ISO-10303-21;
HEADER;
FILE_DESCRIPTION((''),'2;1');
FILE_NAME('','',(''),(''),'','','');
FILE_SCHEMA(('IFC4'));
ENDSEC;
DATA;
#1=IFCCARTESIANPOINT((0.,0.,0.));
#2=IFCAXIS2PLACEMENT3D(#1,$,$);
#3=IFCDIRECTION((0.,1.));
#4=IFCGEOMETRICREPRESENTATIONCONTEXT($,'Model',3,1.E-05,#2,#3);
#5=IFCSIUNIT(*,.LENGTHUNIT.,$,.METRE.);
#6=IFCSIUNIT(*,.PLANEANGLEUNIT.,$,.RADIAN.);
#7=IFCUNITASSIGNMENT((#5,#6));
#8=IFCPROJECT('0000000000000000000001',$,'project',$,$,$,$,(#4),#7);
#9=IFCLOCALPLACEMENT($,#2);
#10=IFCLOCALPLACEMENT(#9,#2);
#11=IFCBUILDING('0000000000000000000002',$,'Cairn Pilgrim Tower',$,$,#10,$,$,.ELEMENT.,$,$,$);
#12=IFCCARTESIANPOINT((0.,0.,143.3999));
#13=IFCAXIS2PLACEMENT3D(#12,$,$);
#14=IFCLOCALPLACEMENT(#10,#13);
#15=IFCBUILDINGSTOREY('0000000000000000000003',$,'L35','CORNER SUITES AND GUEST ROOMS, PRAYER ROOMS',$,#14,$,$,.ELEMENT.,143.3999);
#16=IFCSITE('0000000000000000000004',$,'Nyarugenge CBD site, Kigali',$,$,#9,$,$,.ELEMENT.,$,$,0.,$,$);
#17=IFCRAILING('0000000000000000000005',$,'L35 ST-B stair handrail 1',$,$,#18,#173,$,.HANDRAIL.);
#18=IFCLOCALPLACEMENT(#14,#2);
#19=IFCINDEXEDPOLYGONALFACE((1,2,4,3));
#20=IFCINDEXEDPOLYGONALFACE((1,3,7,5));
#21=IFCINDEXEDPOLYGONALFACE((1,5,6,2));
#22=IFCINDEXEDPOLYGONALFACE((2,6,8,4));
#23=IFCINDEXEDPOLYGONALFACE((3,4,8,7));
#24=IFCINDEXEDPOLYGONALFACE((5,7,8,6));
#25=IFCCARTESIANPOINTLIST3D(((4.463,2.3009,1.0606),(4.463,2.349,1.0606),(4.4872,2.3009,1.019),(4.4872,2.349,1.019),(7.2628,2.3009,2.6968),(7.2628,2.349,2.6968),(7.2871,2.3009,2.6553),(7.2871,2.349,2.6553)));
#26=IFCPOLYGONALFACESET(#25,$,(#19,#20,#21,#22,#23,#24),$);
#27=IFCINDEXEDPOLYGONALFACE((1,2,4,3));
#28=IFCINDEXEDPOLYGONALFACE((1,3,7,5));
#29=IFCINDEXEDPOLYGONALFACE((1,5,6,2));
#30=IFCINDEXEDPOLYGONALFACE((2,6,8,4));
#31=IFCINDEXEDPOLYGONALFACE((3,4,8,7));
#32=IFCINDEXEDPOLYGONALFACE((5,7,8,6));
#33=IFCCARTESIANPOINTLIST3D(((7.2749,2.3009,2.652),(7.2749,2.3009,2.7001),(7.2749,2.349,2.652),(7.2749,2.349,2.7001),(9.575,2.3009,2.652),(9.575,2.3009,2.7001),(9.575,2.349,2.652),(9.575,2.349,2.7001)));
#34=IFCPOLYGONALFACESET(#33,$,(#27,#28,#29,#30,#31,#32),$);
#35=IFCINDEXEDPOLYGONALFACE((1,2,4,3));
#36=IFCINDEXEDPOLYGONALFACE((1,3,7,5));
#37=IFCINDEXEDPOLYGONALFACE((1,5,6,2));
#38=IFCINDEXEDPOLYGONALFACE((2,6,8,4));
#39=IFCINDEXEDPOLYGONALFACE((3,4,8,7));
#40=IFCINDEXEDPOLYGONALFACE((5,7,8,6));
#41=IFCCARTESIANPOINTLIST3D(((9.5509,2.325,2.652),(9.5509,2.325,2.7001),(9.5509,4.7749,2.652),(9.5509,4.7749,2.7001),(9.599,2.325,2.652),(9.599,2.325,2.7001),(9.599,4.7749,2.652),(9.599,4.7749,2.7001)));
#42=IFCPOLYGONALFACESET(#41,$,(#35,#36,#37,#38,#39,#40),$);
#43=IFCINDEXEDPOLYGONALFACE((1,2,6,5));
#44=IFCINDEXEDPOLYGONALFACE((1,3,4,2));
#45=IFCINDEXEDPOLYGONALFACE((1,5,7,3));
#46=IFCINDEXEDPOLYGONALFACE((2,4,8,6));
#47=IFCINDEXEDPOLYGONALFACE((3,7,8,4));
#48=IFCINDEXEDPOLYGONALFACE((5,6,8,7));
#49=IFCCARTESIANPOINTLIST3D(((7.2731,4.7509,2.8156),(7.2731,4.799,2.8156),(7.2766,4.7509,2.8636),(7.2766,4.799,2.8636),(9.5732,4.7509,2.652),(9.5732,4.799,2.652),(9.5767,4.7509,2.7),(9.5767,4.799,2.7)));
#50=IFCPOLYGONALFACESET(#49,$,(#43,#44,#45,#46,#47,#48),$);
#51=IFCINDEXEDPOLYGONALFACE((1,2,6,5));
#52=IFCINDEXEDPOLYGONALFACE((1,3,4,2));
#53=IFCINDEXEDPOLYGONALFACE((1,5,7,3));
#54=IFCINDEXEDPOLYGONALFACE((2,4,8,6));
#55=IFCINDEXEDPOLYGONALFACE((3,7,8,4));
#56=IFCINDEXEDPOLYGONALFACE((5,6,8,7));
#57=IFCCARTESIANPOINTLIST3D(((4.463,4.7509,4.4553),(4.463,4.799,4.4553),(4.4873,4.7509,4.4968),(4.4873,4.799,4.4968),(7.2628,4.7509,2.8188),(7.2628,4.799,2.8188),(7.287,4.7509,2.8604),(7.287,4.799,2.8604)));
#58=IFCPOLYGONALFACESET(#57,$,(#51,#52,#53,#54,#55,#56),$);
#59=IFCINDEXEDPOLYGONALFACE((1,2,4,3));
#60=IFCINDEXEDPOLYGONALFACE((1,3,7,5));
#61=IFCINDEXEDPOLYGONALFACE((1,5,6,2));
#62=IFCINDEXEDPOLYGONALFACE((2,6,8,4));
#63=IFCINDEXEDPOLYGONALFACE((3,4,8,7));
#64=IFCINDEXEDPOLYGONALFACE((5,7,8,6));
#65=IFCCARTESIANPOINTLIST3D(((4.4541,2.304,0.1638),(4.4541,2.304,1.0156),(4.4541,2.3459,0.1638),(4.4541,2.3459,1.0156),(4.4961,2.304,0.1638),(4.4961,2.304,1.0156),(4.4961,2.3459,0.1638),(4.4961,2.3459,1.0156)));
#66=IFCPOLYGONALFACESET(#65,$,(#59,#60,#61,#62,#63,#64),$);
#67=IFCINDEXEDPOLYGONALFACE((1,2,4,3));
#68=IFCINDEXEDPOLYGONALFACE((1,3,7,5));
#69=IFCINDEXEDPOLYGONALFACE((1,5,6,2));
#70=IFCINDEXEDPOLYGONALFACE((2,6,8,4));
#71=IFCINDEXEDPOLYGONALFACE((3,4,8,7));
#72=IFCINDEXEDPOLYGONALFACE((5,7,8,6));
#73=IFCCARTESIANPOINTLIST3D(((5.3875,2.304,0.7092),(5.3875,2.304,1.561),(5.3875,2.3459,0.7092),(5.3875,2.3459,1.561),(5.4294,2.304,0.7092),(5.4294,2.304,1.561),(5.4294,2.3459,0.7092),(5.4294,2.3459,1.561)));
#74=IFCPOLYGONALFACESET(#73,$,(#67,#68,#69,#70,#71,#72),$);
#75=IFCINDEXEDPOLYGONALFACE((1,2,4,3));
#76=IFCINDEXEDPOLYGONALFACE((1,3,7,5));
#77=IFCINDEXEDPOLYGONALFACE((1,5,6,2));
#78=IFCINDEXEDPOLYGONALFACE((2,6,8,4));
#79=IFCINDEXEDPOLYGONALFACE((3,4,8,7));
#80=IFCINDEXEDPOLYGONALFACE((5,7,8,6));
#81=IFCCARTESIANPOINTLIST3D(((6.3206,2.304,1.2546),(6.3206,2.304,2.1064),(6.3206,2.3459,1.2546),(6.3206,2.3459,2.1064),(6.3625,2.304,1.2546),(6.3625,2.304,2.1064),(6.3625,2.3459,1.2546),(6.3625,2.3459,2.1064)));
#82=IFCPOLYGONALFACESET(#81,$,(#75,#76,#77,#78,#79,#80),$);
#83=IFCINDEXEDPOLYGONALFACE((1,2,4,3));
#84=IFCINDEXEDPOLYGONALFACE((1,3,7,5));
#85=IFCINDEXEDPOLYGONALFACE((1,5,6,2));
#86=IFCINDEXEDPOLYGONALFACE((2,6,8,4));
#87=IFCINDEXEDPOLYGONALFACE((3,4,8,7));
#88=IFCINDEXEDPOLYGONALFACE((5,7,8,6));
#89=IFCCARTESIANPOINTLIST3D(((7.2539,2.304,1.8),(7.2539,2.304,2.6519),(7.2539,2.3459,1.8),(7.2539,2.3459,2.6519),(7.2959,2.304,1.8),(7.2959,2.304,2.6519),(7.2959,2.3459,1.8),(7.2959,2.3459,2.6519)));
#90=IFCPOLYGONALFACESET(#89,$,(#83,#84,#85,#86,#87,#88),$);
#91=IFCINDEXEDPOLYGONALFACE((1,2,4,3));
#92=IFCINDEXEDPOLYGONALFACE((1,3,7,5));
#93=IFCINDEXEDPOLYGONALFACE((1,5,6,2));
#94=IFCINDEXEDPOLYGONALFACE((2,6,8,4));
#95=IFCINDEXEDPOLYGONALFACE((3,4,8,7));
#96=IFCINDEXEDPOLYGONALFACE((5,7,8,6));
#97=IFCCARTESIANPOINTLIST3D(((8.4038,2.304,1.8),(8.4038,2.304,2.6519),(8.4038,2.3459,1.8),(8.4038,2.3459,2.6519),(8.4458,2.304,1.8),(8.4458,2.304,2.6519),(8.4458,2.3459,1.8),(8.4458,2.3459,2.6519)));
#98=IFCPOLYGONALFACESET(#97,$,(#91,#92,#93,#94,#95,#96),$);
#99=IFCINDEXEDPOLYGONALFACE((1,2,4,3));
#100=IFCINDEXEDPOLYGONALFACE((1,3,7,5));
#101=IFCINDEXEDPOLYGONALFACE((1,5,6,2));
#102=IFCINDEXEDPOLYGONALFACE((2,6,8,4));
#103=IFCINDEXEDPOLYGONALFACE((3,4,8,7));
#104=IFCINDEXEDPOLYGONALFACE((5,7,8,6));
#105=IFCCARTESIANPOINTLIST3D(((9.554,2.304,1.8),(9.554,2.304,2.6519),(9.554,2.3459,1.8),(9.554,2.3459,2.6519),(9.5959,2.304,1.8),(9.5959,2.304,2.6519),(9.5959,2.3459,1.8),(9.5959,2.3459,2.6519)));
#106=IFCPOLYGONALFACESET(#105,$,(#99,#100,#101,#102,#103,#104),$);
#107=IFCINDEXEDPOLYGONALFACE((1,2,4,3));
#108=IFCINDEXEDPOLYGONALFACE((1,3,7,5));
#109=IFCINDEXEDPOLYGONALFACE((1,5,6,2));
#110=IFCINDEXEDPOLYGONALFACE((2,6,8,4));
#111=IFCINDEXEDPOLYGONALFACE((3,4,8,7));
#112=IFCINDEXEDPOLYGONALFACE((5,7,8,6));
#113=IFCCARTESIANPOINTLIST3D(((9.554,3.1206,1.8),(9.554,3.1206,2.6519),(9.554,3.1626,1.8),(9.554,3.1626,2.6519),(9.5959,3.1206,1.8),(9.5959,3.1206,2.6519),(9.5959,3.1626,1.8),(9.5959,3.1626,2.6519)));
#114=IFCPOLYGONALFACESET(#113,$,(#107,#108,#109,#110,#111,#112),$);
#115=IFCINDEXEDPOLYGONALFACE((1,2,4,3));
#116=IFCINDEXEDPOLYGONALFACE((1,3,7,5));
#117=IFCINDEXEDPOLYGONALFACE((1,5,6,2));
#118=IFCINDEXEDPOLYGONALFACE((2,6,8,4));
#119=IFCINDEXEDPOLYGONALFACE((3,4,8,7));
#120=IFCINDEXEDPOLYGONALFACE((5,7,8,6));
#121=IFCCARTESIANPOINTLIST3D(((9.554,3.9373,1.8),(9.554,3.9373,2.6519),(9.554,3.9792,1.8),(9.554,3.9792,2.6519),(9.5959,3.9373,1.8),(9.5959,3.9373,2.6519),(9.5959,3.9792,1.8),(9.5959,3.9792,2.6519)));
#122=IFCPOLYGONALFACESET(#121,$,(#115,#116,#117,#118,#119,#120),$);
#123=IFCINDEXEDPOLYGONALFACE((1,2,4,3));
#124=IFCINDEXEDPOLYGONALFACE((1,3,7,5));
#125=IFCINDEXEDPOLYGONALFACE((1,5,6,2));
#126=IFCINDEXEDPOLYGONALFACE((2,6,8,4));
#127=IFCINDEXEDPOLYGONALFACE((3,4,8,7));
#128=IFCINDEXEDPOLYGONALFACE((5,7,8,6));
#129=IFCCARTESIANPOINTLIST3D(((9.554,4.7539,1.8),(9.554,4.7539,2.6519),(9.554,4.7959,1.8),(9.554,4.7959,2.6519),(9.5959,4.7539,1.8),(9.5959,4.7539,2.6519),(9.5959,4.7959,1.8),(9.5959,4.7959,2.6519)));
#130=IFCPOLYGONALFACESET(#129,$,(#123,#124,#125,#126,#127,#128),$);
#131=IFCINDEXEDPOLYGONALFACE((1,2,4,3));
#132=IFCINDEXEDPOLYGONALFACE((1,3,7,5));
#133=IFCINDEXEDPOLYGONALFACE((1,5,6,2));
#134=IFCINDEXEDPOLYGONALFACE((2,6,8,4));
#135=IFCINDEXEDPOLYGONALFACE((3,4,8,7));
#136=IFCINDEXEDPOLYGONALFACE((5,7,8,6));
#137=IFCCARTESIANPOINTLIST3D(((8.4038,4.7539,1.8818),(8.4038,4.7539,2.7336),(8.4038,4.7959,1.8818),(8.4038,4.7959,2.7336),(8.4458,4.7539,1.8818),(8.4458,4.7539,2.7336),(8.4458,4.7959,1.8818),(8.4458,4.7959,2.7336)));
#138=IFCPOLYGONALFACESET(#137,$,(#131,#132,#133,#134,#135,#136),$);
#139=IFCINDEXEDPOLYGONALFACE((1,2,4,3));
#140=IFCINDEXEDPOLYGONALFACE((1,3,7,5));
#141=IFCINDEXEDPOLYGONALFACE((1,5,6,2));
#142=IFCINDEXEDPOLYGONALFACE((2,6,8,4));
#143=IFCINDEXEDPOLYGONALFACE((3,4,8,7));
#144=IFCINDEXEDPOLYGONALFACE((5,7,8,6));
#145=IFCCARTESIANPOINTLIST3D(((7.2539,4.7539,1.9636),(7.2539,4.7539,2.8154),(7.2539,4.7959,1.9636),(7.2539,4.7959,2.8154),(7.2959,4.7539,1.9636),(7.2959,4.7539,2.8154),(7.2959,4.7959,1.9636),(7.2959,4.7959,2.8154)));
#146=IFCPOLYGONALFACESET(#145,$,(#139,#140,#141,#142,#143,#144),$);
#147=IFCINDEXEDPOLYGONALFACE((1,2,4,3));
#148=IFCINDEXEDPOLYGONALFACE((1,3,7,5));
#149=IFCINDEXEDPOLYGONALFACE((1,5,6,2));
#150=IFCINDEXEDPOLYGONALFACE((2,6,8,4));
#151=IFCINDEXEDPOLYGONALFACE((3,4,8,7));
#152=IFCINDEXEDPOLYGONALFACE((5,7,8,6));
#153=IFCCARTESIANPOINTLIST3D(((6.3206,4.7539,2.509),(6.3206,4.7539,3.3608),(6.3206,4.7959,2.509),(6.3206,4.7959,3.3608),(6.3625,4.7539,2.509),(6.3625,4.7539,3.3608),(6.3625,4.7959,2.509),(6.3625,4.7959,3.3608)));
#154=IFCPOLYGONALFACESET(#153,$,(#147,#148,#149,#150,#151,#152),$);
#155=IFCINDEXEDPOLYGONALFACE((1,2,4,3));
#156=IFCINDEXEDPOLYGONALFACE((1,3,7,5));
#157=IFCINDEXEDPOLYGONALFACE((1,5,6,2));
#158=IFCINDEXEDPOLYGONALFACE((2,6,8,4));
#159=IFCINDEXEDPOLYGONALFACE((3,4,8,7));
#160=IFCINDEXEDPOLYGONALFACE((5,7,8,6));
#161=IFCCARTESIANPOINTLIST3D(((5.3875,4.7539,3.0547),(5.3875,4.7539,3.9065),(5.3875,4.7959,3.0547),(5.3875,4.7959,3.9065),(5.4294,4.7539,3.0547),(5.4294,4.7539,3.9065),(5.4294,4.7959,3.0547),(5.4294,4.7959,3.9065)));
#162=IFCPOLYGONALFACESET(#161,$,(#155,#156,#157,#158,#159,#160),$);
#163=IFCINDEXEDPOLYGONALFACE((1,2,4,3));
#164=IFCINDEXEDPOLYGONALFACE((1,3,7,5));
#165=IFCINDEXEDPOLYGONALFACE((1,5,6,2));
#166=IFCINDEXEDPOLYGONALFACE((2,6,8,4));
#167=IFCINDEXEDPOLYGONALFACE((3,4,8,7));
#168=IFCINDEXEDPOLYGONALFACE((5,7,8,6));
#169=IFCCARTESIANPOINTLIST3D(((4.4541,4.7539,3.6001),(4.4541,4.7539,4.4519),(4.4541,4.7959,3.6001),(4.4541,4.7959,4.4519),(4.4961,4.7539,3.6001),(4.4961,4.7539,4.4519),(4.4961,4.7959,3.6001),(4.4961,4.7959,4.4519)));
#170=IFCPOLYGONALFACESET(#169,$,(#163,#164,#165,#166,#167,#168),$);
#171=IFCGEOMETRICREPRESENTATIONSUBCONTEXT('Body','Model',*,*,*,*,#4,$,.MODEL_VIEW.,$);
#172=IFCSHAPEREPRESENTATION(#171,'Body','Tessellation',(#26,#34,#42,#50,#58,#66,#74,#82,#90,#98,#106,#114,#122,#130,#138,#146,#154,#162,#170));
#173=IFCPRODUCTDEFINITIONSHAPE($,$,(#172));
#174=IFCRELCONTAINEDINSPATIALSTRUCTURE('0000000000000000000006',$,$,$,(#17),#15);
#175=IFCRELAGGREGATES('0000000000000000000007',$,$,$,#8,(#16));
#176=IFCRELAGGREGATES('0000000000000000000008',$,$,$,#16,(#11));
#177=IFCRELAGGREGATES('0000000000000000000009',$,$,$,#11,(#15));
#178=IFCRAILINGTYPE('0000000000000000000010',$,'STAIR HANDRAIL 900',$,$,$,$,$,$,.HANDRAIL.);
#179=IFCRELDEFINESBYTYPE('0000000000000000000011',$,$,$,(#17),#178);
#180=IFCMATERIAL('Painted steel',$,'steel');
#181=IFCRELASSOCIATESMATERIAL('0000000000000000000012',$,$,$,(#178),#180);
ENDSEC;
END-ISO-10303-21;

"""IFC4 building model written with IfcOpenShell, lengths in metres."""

from ifc_helpers import new_model, si_unit, direction, frame, origin, origin_2d, place, context, subcontext, project, spatial, rectangle, extrude, material, type_object, element, save


model = new_model("IFC4")

# Units and contexts
model_context = context("Model", 3, precision=1e-05, world=origin(), true_north=direction((0.0, 1.0)))
body_context = subcontext(model_context, "Body", "Model", "MODEL_VIEW")
ifc_project = project(units=[si_unit("LENGTHUNIT", "METRE"), si_unit("PLANEANGLEUNIT", "RADIAN")], contexts=[model_context])

# Site, building, storey
site_placement = place(None, origin())
site = spatial("IfcSite", under=ifc_project, at=site_placement, Name="Nyarugenge CBD site, Kigali", CompositionType="ELEMENT", RefElevation=0.0)
building_placement = place(site_placement, origin())
building = spatial("IfcBuilding", under=site, at=building_placement, Name="Cairn Pilgrim Tower", CompositionType="ELEMENT")
storey_placement = place(building_placement, frame((0.0, 0.0, 143.3999)))
storey = spatial("IfcBuildingStorey", under=building, at=storey_placement, Name="L35", Description="CORNER SUITES AND GUEST ROOMS, PRAYER ROOMS", CompositionType="ELEMENT", Elevation=143.3999)

# Shared definitions
ifc_material_1 = material(Name="Painted steel", Category="steel")

# Railing
railing_type_1 = type_object("IfcRailingType", Name="STAIR HANDRAIL 900", PredefinedType="HANDRAIL", material=ifc_material_1)
railing_1_placement = place(storey_placement, frame((4.4751, 2.325, 0.1638)))
element("IfcRailing", 1, at=railing_1_placement, inside=storey, type_object=railing_type_1, Name="L35 ST-B stair handrail 1", PredefinedType="HANDRAIL", context=body_context, shape_type="SweptSolid", body=[
    extrude(rectangle(XDim=0.0481, YDim=0.0481, at=origin_2d()), frame((0.0, 0.0, 0.876), z_axis=(0.863374, 0.0, 0.504564), x_axis=(0.0, 1.0, 0.0)), (0.0, 0.0, 1.0), 3.2429),
    extrude(rectangle(XDim=0.0481, YDim=0.0481, at=origin_2d()), frame((2.7998, 0.0, 2.5122), z_axis=(1.0, 0.0, 0.0), x_axis=(0.0, 1.0, 0.0)), (0.0, 0.0, 1.0), 2.3),
    extrude(rectangle(XDim=0.0481, YDim=0.0481, at=origin_2d()), frame((5.0999, 0.0, 2.5122), z_axis=(0.0, 1.0, 0.0), x_axis=(-1.0, 0.0, 0.0)), (0.0, 0.0, 1.0), 2.45),
    extrude(rectangle(XDim=0.0481, YDim=0.0481, at=origin_2d()), frame((5.0999, 2.45, 2.5122), z_axis=(-0.997481, 0.0, 0.070939), x_axis=(0.0, -1.0, 0.0)), (0.0, 0.0, 1.0), 2.3059),
    extrude(rectangle(XDim=0.0481, YDim=0.0481, at=origin_2d()), frame((2.7998, 2.45, 2.6758), z_axis=(-0.863342, 0.0, 0.50462), x_axis=(0.0, -1.0, 0.0)), (0.0, 0.0, 1.0), 3.2429),
    extrude(rectangle(XDim=0.042, YDim=0.042, at=origin_2d()), origin(), (0.0, 0.0, 1.0), 0.8518),
    extrude(rectangle(XDim=0.042, YDim=0.042, at=origin_2d()), frame((0.9333, 0.0, 0.5454)), (0.0, 0.0, 1.0), 0.8518),
    extrude(rectangle(XDim=0.042, YDim=0.042, at=origin_2d()), frame((1.8665, 0.0, 1.0908)), (0.0, 0.0, 1.0), 0.8518),
    extrude(rectangle(XDim=0.042, YDim=0.042, at=origin_2d()), frame((2.7998, 0.0, 1.6362)), (0.0, 0.0, 1.0), 0.8518),
    extrude(rectangle(XDim=0.042, YDim=0.042, at=origin_2d()), frame((3.9497, 0.0, 1.6362)), (0.0, 0.0, 1.0), 0.8518),
    extrude(rectangle(XDim=0.042, YDim=0.042, at=origin_2d()), frame((5.0999, 0.0, 1.6362)), (0.0, 0.0, 1.0), 0.8518),
    extrude(rectangle(XDim=0.042, YDim=0.042, at=origin_2d()), frame((5.0999, 0.8167, 1.6362)), (0.0, 0.0, 1.0), 0.8518),
    extrude(rectangle(XDim=0.042, YDim=0.042, at=origin_2d()), frame((5.0999, 1.6333, 1.6362)), (0.0, 0.0, 1.0), 0.8518),
    extrude(rectangle(XDim=0.042, YDim=0.042, at=origin_2d()), frame((5.0999, 2.45, 1.6362)), (0.0, 0.0, 1.0), 0.8518),
    extrude(rectangle(XDim=0.042, YDim=0.042, at=origin_2d()), frame((3.9497, 2.45, 1.718)), (0.0, 0.0, 1.0), 0.8518),
    extrude(rectangle(XDim=0.042, YDim=0.042, at=origin_2d()), frame((2.7998, 2.45, 1.7998)), (0.0, 0.0, 1.0), 0.8518),
    extrude(rectangle(XDim=0.042, YDim=0.042, at=origin_2d()), frame((1.8665, 2.45, 2.3452)), (0.0, 0.0, 1.0), 0.8518),
    extrude(rectangle(XDim=0.042, YDim=0.042, at=origin_2d()), frame((0.9333, 2.45, 2.8909)), (0.0, 0.0, 1.0), 0.8518),
    extrude(rectangle(XDim=0.042, YDim=0.042, at=origin_2d()), frame((0.0, 2.45, 3.4363)), (0.0, 0.0, 1.0), 0.8518),
])

save(model, "model.ifc")
